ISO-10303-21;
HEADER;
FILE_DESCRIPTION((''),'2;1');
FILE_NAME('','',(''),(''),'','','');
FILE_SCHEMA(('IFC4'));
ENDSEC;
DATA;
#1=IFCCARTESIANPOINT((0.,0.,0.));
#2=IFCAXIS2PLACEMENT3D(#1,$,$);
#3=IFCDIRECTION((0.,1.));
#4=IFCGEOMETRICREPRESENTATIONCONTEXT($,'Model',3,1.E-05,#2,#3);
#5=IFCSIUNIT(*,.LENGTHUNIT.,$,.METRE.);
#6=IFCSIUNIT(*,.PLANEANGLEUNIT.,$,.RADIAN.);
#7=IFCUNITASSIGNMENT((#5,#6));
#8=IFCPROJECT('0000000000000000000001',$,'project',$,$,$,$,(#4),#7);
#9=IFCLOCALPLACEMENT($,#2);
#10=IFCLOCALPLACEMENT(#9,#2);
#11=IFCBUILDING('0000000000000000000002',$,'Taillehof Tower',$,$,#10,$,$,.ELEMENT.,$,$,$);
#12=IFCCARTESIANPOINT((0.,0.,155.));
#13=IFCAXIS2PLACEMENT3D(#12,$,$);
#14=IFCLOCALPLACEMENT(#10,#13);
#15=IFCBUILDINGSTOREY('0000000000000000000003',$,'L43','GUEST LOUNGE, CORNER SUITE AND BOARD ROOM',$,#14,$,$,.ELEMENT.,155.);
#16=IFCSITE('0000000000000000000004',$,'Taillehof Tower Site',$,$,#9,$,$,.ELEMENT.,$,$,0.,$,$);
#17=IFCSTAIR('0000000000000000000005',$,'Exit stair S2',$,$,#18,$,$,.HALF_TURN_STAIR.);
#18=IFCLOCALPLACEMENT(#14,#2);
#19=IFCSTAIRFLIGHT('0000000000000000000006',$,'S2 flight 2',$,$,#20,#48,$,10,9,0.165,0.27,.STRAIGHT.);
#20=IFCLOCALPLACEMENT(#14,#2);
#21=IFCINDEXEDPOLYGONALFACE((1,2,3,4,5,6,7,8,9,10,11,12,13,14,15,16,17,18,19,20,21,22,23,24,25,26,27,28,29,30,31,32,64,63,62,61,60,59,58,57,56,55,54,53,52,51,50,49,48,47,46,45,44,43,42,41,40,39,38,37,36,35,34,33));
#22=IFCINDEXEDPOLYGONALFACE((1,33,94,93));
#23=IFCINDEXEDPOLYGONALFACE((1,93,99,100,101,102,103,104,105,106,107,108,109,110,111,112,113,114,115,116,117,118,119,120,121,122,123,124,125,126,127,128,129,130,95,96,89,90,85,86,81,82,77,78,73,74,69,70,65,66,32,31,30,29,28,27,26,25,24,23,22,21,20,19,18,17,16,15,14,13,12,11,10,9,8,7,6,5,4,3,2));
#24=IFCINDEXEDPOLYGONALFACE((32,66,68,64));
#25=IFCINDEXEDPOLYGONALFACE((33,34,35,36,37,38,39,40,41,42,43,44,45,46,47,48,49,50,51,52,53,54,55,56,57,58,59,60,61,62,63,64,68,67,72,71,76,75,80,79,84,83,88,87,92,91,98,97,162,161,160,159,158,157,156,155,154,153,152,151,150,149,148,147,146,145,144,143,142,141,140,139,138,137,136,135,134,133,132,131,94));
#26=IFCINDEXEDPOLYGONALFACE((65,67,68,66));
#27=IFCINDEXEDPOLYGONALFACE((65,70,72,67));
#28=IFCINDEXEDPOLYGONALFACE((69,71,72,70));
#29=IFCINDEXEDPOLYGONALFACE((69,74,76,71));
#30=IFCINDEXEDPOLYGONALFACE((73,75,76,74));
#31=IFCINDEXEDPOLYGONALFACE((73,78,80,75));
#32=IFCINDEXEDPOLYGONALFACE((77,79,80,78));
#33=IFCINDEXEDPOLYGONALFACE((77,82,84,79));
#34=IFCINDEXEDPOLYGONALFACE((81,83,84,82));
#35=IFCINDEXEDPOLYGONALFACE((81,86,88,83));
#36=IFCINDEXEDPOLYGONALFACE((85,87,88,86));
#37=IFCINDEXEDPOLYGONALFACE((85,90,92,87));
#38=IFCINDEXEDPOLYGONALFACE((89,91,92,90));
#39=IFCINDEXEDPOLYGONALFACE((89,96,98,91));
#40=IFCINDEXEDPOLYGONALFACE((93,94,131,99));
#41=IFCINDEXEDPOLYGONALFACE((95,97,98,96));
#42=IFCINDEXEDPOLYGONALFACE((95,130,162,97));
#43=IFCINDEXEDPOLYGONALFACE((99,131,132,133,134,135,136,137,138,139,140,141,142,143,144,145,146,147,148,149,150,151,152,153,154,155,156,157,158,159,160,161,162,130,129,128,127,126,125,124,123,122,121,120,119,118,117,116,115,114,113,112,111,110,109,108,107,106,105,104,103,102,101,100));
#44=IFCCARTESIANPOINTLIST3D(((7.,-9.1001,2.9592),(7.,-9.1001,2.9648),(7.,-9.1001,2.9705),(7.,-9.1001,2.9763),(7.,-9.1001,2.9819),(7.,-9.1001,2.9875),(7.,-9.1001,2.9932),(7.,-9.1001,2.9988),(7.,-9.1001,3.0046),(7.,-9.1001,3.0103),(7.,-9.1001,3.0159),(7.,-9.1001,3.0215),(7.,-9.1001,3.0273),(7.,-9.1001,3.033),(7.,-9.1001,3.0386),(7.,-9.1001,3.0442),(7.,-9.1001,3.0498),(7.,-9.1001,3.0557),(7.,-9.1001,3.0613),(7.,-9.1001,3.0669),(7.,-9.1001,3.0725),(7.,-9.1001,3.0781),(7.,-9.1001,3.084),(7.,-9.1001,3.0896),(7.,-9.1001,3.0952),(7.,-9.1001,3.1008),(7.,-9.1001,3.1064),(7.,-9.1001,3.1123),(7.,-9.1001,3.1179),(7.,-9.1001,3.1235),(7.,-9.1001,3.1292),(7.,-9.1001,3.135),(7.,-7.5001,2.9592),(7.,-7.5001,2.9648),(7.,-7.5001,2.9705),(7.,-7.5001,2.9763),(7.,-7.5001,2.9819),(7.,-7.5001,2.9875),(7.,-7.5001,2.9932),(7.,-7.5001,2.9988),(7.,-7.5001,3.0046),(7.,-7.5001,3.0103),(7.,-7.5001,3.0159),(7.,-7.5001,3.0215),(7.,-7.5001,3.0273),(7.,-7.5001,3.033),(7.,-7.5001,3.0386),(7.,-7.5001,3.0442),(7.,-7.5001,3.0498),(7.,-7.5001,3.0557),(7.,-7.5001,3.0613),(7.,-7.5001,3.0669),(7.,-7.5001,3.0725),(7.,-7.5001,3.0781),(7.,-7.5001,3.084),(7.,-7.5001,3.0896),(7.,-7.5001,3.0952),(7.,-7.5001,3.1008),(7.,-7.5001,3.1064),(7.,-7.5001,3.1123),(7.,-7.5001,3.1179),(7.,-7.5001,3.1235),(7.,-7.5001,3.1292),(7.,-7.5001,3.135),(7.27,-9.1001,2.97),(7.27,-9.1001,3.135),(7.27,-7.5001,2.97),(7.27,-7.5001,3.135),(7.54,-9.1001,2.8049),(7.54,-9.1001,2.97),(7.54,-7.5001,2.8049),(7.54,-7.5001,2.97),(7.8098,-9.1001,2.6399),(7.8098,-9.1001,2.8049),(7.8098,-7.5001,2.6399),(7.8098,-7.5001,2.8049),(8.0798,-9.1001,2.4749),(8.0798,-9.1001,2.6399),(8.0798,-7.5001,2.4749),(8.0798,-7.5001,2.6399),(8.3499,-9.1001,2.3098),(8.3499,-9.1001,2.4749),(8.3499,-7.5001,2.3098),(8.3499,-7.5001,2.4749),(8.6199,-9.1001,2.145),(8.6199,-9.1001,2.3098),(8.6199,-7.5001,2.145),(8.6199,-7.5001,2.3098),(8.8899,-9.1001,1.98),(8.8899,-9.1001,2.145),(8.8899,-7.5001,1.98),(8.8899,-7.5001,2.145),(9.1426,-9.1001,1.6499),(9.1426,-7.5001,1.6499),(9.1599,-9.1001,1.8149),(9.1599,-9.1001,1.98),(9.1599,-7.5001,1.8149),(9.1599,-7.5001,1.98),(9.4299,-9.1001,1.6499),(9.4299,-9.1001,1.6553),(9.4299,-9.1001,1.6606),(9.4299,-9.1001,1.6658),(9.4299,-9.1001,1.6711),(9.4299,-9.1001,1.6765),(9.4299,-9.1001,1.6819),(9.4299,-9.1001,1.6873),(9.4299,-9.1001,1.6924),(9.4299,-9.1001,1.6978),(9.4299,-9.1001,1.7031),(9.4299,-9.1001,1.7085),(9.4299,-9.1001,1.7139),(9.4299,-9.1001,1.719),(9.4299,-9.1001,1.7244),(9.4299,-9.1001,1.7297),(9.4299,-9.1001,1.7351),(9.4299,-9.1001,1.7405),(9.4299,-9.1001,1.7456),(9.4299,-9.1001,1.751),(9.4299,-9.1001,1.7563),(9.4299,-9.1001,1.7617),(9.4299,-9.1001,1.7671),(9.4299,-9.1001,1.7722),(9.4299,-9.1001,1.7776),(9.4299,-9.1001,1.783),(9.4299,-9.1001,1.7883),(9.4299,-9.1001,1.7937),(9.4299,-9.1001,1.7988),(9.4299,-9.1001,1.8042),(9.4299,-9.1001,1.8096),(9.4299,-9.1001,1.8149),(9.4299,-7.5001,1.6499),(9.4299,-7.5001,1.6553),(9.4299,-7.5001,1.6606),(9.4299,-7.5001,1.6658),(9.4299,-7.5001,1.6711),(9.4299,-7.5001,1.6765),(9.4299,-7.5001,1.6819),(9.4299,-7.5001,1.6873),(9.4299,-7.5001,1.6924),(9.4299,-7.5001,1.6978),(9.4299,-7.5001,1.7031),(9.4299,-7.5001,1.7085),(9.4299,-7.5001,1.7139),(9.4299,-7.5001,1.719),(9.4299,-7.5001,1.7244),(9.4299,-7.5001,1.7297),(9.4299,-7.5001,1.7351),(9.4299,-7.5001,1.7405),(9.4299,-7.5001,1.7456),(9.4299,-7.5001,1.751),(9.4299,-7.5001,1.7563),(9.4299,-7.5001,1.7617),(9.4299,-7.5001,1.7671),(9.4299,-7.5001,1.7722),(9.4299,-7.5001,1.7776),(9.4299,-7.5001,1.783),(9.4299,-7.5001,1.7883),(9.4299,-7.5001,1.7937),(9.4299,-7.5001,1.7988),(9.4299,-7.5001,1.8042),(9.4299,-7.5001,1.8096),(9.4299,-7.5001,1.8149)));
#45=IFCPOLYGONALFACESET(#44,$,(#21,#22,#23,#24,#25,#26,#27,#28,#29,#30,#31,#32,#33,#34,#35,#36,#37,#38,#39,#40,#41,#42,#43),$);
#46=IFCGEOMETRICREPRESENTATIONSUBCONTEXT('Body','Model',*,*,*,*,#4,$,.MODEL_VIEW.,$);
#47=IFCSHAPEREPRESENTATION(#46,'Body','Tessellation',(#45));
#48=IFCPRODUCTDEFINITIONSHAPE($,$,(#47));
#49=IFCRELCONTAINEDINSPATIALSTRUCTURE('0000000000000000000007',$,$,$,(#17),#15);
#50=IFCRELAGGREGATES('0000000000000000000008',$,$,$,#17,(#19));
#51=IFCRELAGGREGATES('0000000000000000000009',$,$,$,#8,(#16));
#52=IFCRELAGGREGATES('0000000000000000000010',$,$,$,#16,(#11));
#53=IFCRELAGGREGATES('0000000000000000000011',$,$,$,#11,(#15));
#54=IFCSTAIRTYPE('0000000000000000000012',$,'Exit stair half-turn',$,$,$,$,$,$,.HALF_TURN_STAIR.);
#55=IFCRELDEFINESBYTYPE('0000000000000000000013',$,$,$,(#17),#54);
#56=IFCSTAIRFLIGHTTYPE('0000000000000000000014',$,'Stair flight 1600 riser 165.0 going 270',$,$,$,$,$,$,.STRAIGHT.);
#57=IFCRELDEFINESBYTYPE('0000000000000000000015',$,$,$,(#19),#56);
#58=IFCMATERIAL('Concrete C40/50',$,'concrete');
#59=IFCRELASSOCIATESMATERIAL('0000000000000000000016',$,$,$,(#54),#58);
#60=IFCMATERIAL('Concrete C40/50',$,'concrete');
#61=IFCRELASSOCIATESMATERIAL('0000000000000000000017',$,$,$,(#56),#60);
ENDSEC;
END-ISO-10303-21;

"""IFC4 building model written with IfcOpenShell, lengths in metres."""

from ifc_helpers import new_model, si_unit, direction, frame, origin, place, context, subcontext, project, spatial, polyline, outline, extrude, material, type_object, element, aggregate, save


model = new_model("IFC4")

# Units and contexts
model_context = context("Model", 3, precision=1e-05, world=origin(), true_north=direction((0.0, 1.0)))
body_context = subcontext(model_context, "Body", "Model", "MODEL_VIEW")
ifc_project = project(units=[si_unit("LENGTHUNIT", "METRE"), si_unit("PLANEANGLEUNIT", "RADIAN")], contexts=[model_context])

# Site, building, storey
site_placement = place(None, origin())
site = spatial("IfcSite", under=ifc_project, at=site_placement, Name="Taillehof Tower Site", CompositionType="ELEMENT", RefElevation=0.0)
building_placement = place(site_placement, origin())
building = spatial("IfcBuilding", under=site, at=building_placement, Name="Taillehof Tower", CompositionType="ELEMENT")
storey_placement = place(building_placement, frame((0.0, 0.0, 155.0)))
storey = spatial("IfcBuildingStorey", under=building, at=storey_placement, Name="L43", Description="GUEST LOUNGE, CORNER SUITE AND BOARD ROOM", CompositionType="ELEMENT", Elevation=155.0)

# Stair, stair flight
ifc_material_1 = material(Name="Concrete C40/50", Category="concrete")
stair_type = type_object("IfcStairType", Name="Exit stair half-turn", PredefinedType="HALF_TURN_STAIR", material=ifc_material_1)
stair_placement = place(storey_placement, origin())
stair = element("IfcStair", 1, at=stair_placement, inside=storey, type_object=stair_type, Name="Exit stair S2", PredefinedType="HALF_TURN_STAIR")
ifc_material_2 = material(Name="Concrete C40/50", Category="concrete")
stair_flight_type = type_object("IfcStairFlightType", Name="Stair flight 1600 riser 165.0 going 270", PredefinedType="STRAIGHT", material=ifc_material_2)
stair_flight_placement = place(storey_placement, frame((9.4299, -8.3, 1.6499), z_axis=(0.0, 0.0, 1.0), x_axis=(-1.0, 0.0, 0.0)))
stair_flight = element("IfcStairFlight", 2, at=stair_flight_placement, type_object=stair_flight_type, Name="S2 flight 2", NumberOfRisers=10, NumberOfTreads=9, PredefinedType="STRAIGHT", RiserHeight=0.165, TreadLength=0.27, context=body_context, shape_type="SweptSolid", body=[
    extrude(outline(polyline([(0.0, 0.0), (0.0, 0.0054), (0.0, 0.0107), (0.0, 0.0159), (0.0, 0.0212), (0.0, 0.0266), (0.0, 0.032), (0.0, 0.0374), (0.0, 0.0425), (0.0, 0.0479), (0.0, 0.0532), (0.0, 0.0586), (0.0, 0.064), (0.0, 0.0691), (0.0, 0.0745), (0.0, 0.0798), (0.0, 0.0852), (0.0, 0.0906), (0.0, 0.0957), (0.0, 0.1011), (0.0, 0.1064), (0.0, 0.1118), (0.0, 0.1172), (0.0, 0.1223), (0.0, 0.1277), (0.0, 0.1331), (0.0, 0.1384), (0.0, 0.1438), (0.0, 0.1489), (0.0, 0.1543), (0.0, 0.1597), (0.0, 0.165), (0.27, 0.165), (0.27, 0.3301), (0.54, 0.3301), (0.54, 0.4951), (0.8101, 0.4951), (0.8101, 0.6599), (1.0801, 0.6599), (1.0801, 0.825), (1.3501, 0.825), (1.3501, 0.99), (1.6201, 0.99), (1.6201, 1.155), (1.8899, 1.155), (1.8899, 1.3201), (2.1599, 1.3201), (2.1599, 1.4851), (2.4299, 1.4851), (2.4299, 1.4792), (2.4299, 1.4736), (2.4299, 1.468), (2.4299, 1.4624), (2.4299, 1.4565), (2.4299, 1.4509), (2.4299, 1.4453), (2.4299, 1.4397), (2.4299, 1.4341), (2.4299, 1.4282), (2.4299, 1.4226), (2.4299, 1.417), (2.4299, 1.4114), (2.4299, 1.4058), (2.4299, 1.3999), (2.4299, 1.3943), (2.4299, 1.3887), (2.4299, 1.3831), (2.4299, 1.3774), (2.4299, 1.3716), (2.4299, 1.366), (2.4299, 1.3604), (2.4299, 1.3547), (2.4299, 1.3489), (2.4299, 1.3433), (2.4299, 1.3376), (2.4299, 1.332), (2.4299, 1.3264), (2.4299, 1.3206), (2.4299, 1.3149), (2.4299, 1.3093), (0.2874, 0.0), (0.0, 0.0)])), frame((0.0, 0.8, 0.0), z_axis=(0.0, -1.0, 0.0), x_axis=(1.0, 0.0, 0.0)), (0.0, 0.0, 1.0), 1.6),
])
aggregate(stair, [stair_flight])

save(model, "model.ifc")
